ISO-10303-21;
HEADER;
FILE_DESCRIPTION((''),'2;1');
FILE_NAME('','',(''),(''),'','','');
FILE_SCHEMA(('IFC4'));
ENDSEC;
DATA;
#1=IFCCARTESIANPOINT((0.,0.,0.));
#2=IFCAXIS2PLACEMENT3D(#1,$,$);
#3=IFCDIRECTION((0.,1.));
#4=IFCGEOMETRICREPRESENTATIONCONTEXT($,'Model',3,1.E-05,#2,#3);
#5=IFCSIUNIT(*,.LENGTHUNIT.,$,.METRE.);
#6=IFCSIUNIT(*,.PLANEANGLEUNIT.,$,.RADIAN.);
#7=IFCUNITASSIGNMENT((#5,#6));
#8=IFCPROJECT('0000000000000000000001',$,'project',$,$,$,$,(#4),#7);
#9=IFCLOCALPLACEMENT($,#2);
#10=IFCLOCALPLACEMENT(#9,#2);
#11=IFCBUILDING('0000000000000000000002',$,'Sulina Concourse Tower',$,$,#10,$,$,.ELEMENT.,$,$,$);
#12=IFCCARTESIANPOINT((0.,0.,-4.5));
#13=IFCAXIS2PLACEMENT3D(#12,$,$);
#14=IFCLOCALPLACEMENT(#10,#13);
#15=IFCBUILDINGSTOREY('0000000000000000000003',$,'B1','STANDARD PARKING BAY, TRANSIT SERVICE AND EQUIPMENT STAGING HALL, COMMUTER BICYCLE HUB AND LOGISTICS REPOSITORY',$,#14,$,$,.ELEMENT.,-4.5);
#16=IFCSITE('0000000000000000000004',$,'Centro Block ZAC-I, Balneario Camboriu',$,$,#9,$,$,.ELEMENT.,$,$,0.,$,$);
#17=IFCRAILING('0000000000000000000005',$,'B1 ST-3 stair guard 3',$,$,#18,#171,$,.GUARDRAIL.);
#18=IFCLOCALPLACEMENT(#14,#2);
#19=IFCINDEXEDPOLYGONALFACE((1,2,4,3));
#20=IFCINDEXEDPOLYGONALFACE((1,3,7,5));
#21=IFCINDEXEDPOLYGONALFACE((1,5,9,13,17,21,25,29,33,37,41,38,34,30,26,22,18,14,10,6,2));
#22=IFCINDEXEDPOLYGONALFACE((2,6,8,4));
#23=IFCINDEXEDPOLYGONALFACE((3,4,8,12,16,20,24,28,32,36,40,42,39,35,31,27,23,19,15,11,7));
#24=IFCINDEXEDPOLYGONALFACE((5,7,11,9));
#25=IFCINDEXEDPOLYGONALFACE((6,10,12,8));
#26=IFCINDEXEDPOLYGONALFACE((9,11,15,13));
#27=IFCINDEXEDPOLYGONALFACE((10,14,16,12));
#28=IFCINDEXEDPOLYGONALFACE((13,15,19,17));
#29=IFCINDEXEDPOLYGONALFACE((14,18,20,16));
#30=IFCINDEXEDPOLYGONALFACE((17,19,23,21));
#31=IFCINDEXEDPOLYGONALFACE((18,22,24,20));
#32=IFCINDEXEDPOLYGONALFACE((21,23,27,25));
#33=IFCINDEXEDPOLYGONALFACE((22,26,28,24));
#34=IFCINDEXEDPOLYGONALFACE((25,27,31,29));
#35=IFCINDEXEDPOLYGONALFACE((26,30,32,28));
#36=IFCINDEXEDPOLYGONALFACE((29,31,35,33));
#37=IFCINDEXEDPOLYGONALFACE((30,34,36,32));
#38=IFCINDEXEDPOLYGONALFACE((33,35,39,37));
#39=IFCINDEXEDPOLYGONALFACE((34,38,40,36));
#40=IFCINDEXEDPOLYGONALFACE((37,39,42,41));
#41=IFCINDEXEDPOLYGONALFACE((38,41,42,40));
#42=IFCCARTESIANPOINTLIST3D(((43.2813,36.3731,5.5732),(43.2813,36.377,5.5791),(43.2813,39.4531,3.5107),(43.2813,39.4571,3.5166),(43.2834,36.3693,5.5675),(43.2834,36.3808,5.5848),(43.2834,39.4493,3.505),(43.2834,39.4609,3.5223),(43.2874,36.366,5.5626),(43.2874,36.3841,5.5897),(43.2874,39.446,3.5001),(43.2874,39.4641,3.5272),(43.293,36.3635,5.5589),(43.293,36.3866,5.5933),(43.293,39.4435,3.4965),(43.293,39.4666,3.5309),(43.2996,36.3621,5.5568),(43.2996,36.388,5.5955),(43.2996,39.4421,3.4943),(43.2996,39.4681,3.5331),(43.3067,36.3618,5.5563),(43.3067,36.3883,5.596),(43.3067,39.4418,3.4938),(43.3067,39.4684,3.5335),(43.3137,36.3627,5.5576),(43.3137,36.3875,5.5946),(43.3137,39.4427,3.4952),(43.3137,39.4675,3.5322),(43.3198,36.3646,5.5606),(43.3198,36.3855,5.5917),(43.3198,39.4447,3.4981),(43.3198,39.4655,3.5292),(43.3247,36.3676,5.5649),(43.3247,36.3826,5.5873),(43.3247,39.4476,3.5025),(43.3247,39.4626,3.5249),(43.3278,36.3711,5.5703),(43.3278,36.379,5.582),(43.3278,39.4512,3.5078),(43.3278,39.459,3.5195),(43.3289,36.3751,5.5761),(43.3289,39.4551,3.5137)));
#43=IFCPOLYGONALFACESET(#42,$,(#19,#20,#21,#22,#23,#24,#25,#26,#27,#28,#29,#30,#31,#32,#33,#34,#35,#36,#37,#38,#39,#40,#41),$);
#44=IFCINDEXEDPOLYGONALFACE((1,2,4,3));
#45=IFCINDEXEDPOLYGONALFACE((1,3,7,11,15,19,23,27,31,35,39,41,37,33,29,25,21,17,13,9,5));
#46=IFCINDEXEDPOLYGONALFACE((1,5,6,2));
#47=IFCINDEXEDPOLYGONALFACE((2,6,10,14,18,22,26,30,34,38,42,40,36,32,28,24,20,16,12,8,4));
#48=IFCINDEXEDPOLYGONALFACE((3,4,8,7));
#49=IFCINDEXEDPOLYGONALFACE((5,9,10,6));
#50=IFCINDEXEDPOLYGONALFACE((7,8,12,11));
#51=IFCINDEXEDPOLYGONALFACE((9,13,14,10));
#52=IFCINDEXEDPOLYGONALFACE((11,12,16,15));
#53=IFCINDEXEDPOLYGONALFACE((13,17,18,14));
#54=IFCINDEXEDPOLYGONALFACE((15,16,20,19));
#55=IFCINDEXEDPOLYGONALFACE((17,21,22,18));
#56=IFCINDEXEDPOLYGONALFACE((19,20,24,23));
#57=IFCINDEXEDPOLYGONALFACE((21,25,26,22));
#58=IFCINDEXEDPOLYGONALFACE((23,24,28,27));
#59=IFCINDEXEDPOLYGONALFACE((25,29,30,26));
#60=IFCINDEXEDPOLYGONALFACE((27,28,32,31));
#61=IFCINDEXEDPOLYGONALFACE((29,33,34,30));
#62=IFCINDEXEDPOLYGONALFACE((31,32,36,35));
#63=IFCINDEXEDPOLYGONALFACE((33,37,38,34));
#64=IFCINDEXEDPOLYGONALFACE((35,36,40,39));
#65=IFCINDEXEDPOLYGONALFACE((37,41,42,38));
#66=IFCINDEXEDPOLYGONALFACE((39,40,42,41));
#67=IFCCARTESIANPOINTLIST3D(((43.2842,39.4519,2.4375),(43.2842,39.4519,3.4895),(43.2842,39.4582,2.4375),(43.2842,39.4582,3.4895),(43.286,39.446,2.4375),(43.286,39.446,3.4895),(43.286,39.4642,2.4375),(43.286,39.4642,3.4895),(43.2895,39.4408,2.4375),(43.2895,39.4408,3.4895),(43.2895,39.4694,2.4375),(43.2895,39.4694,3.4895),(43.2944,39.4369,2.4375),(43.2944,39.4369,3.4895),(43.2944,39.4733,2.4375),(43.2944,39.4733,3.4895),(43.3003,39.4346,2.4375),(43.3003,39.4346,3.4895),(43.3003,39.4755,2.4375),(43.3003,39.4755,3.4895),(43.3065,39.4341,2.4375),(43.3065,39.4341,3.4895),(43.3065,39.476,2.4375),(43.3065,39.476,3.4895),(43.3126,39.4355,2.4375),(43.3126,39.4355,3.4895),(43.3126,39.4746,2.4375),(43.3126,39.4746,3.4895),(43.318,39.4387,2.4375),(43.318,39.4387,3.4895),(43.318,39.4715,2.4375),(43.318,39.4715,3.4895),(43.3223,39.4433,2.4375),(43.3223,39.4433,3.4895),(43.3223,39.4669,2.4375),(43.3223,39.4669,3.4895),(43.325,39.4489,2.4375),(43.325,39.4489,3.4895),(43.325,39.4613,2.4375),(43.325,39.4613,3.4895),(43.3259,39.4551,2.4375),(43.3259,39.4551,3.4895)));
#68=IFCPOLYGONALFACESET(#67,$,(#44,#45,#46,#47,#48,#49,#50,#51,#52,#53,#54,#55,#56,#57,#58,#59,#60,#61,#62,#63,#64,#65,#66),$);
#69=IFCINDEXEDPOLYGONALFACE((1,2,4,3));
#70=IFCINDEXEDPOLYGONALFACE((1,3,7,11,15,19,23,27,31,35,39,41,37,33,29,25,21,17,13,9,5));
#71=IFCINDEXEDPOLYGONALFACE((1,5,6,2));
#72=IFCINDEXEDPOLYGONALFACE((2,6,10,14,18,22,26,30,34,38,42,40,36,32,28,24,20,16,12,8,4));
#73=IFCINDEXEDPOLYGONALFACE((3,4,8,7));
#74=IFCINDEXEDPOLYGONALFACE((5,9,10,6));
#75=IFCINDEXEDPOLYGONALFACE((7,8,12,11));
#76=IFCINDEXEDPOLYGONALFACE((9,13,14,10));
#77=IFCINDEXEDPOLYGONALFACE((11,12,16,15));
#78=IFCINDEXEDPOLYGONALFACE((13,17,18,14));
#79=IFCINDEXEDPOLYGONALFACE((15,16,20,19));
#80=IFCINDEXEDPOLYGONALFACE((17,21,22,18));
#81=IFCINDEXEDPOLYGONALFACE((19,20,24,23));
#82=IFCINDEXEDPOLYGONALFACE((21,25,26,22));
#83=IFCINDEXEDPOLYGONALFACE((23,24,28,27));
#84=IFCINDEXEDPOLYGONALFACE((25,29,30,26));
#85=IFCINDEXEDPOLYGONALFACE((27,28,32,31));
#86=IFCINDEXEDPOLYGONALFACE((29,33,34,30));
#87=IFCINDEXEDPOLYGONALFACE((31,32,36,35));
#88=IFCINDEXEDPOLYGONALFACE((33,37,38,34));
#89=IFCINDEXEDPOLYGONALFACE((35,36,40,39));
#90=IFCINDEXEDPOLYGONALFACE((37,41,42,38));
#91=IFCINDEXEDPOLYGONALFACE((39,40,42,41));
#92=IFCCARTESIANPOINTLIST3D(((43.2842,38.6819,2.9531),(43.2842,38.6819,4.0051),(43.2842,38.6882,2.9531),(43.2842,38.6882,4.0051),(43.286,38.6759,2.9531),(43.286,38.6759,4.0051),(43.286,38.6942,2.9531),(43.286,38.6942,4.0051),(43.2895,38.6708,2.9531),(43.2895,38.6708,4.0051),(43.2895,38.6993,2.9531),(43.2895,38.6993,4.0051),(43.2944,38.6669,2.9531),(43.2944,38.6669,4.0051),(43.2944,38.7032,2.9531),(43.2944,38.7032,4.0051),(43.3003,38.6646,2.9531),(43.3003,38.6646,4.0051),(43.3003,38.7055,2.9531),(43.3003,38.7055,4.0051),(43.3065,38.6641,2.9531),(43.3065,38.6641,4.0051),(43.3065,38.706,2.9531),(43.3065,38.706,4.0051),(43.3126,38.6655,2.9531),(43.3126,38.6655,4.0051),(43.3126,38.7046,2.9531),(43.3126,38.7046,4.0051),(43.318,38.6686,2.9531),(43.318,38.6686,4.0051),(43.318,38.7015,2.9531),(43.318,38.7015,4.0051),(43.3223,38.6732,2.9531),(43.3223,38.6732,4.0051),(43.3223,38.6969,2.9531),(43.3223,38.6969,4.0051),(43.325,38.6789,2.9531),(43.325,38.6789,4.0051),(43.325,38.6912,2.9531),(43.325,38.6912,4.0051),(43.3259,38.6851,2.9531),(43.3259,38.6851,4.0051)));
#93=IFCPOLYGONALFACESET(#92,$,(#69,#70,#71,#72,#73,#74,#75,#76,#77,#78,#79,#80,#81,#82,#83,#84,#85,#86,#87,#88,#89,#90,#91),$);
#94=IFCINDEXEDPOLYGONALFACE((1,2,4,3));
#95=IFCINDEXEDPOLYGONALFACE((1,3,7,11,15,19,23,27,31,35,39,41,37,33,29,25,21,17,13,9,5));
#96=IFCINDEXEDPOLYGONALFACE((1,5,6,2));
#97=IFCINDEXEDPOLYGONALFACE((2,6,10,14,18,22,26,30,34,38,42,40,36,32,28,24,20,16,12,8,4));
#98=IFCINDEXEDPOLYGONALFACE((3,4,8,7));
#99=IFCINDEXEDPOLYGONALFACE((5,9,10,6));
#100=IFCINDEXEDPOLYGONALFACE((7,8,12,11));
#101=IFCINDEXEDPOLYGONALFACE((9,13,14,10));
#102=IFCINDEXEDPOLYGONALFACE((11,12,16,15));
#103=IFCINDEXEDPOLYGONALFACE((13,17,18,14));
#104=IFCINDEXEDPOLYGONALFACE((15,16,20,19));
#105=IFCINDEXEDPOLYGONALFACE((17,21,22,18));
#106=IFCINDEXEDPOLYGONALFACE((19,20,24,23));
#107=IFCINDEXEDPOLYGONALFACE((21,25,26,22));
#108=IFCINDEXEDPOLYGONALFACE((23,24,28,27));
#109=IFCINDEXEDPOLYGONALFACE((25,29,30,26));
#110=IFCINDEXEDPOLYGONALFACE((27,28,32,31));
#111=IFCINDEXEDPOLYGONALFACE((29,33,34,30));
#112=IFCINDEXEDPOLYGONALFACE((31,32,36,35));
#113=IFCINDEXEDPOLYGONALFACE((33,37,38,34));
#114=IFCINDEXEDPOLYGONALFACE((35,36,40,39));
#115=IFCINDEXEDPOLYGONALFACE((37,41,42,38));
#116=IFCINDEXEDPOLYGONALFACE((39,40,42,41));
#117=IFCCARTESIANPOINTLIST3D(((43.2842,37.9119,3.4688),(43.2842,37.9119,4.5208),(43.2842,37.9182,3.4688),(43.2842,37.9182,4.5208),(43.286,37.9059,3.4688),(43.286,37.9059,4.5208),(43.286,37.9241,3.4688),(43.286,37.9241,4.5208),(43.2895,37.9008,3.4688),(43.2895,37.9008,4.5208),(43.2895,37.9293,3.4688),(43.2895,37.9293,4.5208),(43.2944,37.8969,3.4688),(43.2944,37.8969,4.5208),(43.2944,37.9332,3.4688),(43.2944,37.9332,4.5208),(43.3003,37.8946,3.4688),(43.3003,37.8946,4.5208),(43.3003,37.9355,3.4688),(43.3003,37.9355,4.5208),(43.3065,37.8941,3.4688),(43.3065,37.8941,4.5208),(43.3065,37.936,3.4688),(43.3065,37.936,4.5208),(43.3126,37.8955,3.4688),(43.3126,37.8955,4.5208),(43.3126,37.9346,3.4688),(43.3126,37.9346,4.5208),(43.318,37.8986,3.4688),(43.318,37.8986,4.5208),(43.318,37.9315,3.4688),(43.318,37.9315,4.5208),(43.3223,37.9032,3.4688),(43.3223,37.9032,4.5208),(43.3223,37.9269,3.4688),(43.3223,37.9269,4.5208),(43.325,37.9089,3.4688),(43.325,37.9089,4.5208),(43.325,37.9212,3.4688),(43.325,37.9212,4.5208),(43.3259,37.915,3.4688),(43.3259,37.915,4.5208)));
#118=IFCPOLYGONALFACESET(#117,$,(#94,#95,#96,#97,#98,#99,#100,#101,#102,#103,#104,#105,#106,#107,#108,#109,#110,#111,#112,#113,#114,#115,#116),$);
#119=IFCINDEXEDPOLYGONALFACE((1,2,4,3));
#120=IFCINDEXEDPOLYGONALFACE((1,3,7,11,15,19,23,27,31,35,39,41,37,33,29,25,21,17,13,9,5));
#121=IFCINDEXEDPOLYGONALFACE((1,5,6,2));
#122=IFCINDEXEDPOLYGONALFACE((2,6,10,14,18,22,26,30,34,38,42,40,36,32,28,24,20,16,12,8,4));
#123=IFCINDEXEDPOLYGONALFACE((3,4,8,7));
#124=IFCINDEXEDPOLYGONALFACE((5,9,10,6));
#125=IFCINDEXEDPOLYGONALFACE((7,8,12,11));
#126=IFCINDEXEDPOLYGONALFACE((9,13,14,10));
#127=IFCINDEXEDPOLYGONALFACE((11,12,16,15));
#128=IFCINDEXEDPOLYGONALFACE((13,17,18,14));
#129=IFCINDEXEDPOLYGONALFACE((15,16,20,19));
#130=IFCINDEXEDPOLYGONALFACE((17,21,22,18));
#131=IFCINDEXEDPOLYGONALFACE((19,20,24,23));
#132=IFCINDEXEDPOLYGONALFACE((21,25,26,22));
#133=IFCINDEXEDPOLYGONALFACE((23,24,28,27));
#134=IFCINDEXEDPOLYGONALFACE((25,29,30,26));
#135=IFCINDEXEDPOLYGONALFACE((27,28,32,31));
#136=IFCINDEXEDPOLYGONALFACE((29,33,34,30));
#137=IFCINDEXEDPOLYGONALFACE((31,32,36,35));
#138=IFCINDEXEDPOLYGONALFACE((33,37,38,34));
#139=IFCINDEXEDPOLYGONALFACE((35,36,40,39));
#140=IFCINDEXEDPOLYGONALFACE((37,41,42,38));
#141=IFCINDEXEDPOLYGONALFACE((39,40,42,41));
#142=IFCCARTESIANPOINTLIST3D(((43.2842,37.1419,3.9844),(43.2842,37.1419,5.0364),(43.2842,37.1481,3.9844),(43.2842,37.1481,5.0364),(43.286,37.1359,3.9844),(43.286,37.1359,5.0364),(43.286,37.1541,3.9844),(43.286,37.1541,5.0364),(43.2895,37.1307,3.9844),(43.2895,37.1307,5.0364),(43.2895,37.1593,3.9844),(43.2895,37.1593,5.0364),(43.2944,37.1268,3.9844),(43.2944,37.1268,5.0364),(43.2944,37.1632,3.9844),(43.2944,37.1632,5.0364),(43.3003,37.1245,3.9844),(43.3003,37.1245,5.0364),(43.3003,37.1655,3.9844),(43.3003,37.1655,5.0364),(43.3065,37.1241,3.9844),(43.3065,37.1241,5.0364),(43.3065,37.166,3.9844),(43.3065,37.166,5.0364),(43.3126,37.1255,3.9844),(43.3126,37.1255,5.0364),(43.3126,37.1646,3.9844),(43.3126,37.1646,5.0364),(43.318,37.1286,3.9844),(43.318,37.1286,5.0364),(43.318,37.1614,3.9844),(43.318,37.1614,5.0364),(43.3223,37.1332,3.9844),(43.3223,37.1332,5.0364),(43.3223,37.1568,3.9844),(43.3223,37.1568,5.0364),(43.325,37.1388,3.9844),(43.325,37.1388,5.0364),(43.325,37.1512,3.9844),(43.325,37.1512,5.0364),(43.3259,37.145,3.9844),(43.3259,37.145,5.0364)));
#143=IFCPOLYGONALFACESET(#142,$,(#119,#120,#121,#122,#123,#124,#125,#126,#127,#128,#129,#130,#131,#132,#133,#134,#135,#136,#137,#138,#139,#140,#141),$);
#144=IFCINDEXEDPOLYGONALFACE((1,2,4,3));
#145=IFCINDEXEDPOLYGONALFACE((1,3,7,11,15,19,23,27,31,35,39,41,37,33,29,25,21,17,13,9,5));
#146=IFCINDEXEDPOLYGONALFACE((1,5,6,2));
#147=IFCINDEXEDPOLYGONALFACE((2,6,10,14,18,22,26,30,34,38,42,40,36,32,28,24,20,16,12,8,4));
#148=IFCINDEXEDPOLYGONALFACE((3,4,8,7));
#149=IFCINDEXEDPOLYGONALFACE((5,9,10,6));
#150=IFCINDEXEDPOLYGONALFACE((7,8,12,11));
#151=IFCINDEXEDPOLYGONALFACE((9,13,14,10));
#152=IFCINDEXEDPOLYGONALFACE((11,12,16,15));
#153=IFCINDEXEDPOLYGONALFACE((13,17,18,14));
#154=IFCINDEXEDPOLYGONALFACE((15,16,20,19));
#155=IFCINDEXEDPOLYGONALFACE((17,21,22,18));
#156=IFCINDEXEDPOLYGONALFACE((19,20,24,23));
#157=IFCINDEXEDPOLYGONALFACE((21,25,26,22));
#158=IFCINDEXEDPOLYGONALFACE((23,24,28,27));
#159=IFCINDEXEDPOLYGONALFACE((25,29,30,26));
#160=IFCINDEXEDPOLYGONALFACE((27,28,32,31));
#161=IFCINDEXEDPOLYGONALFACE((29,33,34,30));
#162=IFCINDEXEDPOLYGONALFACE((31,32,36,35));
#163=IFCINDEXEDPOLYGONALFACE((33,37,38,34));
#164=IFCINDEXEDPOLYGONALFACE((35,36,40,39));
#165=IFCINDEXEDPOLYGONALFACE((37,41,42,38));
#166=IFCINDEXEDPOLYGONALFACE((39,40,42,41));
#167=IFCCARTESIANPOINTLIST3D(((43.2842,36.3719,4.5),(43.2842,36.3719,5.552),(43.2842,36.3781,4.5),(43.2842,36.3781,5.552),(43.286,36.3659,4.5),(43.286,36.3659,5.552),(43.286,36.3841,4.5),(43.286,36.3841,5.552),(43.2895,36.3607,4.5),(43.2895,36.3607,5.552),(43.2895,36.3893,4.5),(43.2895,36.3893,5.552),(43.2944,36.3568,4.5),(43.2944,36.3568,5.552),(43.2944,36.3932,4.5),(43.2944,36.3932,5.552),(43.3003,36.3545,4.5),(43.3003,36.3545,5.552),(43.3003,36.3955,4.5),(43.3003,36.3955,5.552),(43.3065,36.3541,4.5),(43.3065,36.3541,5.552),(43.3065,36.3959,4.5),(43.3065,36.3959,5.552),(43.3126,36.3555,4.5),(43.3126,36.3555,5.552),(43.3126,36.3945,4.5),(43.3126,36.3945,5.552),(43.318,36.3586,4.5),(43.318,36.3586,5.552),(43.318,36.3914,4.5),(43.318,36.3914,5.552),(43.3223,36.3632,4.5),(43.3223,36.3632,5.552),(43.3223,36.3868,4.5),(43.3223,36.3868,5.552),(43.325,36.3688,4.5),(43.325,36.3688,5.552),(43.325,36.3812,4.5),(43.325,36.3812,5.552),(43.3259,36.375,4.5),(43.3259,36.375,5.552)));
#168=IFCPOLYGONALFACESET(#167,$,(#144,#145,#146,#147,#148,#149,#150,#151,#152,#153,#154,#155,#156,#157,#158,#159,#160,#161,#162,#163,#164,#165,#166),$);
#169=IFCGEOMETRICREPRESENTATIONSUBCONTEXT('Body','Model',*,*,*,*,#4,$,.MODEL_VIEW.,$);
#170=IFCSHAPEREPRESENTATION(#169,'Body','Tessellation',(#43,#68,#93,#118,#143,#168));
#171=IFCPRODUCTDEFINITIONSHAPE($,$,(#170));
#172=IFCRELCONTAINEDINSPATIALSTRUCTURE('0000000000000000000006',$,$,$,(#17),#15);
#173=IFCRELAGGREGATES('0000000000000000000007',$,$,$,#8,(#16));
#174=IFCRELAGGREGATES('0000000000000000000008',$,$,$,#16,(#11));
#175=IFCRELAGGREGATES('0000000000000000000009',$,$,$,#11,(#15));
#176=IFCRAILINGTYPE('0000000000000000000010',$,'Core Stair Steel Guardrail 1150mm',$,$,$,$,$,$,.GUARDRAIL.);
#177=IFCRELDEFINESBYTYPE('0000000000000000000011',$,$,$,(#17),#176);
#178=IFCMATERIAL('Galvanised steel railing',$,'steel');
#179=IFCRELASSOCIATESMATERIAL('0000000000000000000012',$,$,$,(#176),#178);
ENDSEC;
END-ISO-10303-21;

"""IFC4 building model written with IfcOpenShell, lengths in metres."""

from ifc_helpers import new_model, si_unit, direction, frame, origin, origin_2d, place, context, subcontext, project, spatial, circle, extrude, material, type_object, element, save


model = new_model("IFC4")

# Units and contexts
model_context = context("Model", 3, precision=1e-05, world=origin(), true_north=direction((0.0, 1.0)))
body_context = subcontext(model_context, "Body", "Model", "MODEL_VIEW")
ifc_project = project(units=[si_unit("LENGTHUNIT", "METRE"), si_unit("PLANEANGLEUNIT", "RADIAN")], contexts=[model_context])

# Site, building, storey
site_placement = place(None, origin())
site = spatial("IfcSite", under=ifc_project, at=site_placement, Name="Centro Block ZAC-I, Balneario Camboriu", CompositionType="ELEMENT", RefElevation=0.0)
building_placement = place(site_placement, origin())
building = spatial("IfcBuilding", under=site, at=building_placement, Name="Sulina Concourse Tower", CompositionType="ELEMENT")
storey_placement = place(building_placement, frame((0.0, 0.0, -4.5)))
storey = spatial("IfcBuildingStorey", under=building, at=storey_placement, Name="B1", Description="STANDARD PARKING BAY, TRANSIT SERVICE AND EQUIPMENT STAGING HALL, COMMUTER BICYCLE HUB AND LOGISTICS REPOSITORY", CompositionType="ELEMENT", Elevation=-4.5)

# Railing
ifc_material_1 = material(Name="Galvanised steel railing", Category="steel")
railing_type_1 = type_object("IfcRailingType", Name="Core Stair Steel Guardrail 1150mm", PredefinedType="GUARDRAIL", material=ifc_material_1)
railing_1_placement = place(storey_placement, frame((43.3049, 39.4551, 2.4375)))
element("IfcRailing", 1, at=railing_1_placement, inside=storey, type_object=railing_type_1, Name="B1 ST-3 stair guard 3", PredefinedType="GUARDRAIL", context=body_context, shape_type="SweptSolid", body=[
    extrude(circle(Radius=0.0239, at=origin_2d()), frame((0.0, 0.0, 1.0762), z_axis=(0.0, -0.830914, 0.556401), x_axis=(1.0, 0.0, 0.0)), (0.0, 0.0, 1.0), 3.7068),
    extrude(circle(Radius=0.021, at=origin_2d()), origin(), (0.0, 0.0, 1.0), 1.052),
    extrude(circle(Radius=0.021, at=origin_2d()), frame((0.0, -0.77, 0.5156)), (0.0, 0.0, 1.0), 1.052),
    extrude(circle(Radius=0.021, at=origin_2d()), frame((0.0, -1.54, 1.0312)), (0.0, 0.0, 1.0), 1.052),
    extrude(circle(Radius=0.021, at=origin_2d()), frame((0.0, -2.3101, 1.5469)), (0.0, 0.0, 1.0), 1.052),
    extrude(circle(Radius=0.021, at=origin_2d()), frame((0.0, -3.0801, 2.0625)), (0.0, 0.0, 1.0), 1.052),
])

save(model, "model.ifc")
